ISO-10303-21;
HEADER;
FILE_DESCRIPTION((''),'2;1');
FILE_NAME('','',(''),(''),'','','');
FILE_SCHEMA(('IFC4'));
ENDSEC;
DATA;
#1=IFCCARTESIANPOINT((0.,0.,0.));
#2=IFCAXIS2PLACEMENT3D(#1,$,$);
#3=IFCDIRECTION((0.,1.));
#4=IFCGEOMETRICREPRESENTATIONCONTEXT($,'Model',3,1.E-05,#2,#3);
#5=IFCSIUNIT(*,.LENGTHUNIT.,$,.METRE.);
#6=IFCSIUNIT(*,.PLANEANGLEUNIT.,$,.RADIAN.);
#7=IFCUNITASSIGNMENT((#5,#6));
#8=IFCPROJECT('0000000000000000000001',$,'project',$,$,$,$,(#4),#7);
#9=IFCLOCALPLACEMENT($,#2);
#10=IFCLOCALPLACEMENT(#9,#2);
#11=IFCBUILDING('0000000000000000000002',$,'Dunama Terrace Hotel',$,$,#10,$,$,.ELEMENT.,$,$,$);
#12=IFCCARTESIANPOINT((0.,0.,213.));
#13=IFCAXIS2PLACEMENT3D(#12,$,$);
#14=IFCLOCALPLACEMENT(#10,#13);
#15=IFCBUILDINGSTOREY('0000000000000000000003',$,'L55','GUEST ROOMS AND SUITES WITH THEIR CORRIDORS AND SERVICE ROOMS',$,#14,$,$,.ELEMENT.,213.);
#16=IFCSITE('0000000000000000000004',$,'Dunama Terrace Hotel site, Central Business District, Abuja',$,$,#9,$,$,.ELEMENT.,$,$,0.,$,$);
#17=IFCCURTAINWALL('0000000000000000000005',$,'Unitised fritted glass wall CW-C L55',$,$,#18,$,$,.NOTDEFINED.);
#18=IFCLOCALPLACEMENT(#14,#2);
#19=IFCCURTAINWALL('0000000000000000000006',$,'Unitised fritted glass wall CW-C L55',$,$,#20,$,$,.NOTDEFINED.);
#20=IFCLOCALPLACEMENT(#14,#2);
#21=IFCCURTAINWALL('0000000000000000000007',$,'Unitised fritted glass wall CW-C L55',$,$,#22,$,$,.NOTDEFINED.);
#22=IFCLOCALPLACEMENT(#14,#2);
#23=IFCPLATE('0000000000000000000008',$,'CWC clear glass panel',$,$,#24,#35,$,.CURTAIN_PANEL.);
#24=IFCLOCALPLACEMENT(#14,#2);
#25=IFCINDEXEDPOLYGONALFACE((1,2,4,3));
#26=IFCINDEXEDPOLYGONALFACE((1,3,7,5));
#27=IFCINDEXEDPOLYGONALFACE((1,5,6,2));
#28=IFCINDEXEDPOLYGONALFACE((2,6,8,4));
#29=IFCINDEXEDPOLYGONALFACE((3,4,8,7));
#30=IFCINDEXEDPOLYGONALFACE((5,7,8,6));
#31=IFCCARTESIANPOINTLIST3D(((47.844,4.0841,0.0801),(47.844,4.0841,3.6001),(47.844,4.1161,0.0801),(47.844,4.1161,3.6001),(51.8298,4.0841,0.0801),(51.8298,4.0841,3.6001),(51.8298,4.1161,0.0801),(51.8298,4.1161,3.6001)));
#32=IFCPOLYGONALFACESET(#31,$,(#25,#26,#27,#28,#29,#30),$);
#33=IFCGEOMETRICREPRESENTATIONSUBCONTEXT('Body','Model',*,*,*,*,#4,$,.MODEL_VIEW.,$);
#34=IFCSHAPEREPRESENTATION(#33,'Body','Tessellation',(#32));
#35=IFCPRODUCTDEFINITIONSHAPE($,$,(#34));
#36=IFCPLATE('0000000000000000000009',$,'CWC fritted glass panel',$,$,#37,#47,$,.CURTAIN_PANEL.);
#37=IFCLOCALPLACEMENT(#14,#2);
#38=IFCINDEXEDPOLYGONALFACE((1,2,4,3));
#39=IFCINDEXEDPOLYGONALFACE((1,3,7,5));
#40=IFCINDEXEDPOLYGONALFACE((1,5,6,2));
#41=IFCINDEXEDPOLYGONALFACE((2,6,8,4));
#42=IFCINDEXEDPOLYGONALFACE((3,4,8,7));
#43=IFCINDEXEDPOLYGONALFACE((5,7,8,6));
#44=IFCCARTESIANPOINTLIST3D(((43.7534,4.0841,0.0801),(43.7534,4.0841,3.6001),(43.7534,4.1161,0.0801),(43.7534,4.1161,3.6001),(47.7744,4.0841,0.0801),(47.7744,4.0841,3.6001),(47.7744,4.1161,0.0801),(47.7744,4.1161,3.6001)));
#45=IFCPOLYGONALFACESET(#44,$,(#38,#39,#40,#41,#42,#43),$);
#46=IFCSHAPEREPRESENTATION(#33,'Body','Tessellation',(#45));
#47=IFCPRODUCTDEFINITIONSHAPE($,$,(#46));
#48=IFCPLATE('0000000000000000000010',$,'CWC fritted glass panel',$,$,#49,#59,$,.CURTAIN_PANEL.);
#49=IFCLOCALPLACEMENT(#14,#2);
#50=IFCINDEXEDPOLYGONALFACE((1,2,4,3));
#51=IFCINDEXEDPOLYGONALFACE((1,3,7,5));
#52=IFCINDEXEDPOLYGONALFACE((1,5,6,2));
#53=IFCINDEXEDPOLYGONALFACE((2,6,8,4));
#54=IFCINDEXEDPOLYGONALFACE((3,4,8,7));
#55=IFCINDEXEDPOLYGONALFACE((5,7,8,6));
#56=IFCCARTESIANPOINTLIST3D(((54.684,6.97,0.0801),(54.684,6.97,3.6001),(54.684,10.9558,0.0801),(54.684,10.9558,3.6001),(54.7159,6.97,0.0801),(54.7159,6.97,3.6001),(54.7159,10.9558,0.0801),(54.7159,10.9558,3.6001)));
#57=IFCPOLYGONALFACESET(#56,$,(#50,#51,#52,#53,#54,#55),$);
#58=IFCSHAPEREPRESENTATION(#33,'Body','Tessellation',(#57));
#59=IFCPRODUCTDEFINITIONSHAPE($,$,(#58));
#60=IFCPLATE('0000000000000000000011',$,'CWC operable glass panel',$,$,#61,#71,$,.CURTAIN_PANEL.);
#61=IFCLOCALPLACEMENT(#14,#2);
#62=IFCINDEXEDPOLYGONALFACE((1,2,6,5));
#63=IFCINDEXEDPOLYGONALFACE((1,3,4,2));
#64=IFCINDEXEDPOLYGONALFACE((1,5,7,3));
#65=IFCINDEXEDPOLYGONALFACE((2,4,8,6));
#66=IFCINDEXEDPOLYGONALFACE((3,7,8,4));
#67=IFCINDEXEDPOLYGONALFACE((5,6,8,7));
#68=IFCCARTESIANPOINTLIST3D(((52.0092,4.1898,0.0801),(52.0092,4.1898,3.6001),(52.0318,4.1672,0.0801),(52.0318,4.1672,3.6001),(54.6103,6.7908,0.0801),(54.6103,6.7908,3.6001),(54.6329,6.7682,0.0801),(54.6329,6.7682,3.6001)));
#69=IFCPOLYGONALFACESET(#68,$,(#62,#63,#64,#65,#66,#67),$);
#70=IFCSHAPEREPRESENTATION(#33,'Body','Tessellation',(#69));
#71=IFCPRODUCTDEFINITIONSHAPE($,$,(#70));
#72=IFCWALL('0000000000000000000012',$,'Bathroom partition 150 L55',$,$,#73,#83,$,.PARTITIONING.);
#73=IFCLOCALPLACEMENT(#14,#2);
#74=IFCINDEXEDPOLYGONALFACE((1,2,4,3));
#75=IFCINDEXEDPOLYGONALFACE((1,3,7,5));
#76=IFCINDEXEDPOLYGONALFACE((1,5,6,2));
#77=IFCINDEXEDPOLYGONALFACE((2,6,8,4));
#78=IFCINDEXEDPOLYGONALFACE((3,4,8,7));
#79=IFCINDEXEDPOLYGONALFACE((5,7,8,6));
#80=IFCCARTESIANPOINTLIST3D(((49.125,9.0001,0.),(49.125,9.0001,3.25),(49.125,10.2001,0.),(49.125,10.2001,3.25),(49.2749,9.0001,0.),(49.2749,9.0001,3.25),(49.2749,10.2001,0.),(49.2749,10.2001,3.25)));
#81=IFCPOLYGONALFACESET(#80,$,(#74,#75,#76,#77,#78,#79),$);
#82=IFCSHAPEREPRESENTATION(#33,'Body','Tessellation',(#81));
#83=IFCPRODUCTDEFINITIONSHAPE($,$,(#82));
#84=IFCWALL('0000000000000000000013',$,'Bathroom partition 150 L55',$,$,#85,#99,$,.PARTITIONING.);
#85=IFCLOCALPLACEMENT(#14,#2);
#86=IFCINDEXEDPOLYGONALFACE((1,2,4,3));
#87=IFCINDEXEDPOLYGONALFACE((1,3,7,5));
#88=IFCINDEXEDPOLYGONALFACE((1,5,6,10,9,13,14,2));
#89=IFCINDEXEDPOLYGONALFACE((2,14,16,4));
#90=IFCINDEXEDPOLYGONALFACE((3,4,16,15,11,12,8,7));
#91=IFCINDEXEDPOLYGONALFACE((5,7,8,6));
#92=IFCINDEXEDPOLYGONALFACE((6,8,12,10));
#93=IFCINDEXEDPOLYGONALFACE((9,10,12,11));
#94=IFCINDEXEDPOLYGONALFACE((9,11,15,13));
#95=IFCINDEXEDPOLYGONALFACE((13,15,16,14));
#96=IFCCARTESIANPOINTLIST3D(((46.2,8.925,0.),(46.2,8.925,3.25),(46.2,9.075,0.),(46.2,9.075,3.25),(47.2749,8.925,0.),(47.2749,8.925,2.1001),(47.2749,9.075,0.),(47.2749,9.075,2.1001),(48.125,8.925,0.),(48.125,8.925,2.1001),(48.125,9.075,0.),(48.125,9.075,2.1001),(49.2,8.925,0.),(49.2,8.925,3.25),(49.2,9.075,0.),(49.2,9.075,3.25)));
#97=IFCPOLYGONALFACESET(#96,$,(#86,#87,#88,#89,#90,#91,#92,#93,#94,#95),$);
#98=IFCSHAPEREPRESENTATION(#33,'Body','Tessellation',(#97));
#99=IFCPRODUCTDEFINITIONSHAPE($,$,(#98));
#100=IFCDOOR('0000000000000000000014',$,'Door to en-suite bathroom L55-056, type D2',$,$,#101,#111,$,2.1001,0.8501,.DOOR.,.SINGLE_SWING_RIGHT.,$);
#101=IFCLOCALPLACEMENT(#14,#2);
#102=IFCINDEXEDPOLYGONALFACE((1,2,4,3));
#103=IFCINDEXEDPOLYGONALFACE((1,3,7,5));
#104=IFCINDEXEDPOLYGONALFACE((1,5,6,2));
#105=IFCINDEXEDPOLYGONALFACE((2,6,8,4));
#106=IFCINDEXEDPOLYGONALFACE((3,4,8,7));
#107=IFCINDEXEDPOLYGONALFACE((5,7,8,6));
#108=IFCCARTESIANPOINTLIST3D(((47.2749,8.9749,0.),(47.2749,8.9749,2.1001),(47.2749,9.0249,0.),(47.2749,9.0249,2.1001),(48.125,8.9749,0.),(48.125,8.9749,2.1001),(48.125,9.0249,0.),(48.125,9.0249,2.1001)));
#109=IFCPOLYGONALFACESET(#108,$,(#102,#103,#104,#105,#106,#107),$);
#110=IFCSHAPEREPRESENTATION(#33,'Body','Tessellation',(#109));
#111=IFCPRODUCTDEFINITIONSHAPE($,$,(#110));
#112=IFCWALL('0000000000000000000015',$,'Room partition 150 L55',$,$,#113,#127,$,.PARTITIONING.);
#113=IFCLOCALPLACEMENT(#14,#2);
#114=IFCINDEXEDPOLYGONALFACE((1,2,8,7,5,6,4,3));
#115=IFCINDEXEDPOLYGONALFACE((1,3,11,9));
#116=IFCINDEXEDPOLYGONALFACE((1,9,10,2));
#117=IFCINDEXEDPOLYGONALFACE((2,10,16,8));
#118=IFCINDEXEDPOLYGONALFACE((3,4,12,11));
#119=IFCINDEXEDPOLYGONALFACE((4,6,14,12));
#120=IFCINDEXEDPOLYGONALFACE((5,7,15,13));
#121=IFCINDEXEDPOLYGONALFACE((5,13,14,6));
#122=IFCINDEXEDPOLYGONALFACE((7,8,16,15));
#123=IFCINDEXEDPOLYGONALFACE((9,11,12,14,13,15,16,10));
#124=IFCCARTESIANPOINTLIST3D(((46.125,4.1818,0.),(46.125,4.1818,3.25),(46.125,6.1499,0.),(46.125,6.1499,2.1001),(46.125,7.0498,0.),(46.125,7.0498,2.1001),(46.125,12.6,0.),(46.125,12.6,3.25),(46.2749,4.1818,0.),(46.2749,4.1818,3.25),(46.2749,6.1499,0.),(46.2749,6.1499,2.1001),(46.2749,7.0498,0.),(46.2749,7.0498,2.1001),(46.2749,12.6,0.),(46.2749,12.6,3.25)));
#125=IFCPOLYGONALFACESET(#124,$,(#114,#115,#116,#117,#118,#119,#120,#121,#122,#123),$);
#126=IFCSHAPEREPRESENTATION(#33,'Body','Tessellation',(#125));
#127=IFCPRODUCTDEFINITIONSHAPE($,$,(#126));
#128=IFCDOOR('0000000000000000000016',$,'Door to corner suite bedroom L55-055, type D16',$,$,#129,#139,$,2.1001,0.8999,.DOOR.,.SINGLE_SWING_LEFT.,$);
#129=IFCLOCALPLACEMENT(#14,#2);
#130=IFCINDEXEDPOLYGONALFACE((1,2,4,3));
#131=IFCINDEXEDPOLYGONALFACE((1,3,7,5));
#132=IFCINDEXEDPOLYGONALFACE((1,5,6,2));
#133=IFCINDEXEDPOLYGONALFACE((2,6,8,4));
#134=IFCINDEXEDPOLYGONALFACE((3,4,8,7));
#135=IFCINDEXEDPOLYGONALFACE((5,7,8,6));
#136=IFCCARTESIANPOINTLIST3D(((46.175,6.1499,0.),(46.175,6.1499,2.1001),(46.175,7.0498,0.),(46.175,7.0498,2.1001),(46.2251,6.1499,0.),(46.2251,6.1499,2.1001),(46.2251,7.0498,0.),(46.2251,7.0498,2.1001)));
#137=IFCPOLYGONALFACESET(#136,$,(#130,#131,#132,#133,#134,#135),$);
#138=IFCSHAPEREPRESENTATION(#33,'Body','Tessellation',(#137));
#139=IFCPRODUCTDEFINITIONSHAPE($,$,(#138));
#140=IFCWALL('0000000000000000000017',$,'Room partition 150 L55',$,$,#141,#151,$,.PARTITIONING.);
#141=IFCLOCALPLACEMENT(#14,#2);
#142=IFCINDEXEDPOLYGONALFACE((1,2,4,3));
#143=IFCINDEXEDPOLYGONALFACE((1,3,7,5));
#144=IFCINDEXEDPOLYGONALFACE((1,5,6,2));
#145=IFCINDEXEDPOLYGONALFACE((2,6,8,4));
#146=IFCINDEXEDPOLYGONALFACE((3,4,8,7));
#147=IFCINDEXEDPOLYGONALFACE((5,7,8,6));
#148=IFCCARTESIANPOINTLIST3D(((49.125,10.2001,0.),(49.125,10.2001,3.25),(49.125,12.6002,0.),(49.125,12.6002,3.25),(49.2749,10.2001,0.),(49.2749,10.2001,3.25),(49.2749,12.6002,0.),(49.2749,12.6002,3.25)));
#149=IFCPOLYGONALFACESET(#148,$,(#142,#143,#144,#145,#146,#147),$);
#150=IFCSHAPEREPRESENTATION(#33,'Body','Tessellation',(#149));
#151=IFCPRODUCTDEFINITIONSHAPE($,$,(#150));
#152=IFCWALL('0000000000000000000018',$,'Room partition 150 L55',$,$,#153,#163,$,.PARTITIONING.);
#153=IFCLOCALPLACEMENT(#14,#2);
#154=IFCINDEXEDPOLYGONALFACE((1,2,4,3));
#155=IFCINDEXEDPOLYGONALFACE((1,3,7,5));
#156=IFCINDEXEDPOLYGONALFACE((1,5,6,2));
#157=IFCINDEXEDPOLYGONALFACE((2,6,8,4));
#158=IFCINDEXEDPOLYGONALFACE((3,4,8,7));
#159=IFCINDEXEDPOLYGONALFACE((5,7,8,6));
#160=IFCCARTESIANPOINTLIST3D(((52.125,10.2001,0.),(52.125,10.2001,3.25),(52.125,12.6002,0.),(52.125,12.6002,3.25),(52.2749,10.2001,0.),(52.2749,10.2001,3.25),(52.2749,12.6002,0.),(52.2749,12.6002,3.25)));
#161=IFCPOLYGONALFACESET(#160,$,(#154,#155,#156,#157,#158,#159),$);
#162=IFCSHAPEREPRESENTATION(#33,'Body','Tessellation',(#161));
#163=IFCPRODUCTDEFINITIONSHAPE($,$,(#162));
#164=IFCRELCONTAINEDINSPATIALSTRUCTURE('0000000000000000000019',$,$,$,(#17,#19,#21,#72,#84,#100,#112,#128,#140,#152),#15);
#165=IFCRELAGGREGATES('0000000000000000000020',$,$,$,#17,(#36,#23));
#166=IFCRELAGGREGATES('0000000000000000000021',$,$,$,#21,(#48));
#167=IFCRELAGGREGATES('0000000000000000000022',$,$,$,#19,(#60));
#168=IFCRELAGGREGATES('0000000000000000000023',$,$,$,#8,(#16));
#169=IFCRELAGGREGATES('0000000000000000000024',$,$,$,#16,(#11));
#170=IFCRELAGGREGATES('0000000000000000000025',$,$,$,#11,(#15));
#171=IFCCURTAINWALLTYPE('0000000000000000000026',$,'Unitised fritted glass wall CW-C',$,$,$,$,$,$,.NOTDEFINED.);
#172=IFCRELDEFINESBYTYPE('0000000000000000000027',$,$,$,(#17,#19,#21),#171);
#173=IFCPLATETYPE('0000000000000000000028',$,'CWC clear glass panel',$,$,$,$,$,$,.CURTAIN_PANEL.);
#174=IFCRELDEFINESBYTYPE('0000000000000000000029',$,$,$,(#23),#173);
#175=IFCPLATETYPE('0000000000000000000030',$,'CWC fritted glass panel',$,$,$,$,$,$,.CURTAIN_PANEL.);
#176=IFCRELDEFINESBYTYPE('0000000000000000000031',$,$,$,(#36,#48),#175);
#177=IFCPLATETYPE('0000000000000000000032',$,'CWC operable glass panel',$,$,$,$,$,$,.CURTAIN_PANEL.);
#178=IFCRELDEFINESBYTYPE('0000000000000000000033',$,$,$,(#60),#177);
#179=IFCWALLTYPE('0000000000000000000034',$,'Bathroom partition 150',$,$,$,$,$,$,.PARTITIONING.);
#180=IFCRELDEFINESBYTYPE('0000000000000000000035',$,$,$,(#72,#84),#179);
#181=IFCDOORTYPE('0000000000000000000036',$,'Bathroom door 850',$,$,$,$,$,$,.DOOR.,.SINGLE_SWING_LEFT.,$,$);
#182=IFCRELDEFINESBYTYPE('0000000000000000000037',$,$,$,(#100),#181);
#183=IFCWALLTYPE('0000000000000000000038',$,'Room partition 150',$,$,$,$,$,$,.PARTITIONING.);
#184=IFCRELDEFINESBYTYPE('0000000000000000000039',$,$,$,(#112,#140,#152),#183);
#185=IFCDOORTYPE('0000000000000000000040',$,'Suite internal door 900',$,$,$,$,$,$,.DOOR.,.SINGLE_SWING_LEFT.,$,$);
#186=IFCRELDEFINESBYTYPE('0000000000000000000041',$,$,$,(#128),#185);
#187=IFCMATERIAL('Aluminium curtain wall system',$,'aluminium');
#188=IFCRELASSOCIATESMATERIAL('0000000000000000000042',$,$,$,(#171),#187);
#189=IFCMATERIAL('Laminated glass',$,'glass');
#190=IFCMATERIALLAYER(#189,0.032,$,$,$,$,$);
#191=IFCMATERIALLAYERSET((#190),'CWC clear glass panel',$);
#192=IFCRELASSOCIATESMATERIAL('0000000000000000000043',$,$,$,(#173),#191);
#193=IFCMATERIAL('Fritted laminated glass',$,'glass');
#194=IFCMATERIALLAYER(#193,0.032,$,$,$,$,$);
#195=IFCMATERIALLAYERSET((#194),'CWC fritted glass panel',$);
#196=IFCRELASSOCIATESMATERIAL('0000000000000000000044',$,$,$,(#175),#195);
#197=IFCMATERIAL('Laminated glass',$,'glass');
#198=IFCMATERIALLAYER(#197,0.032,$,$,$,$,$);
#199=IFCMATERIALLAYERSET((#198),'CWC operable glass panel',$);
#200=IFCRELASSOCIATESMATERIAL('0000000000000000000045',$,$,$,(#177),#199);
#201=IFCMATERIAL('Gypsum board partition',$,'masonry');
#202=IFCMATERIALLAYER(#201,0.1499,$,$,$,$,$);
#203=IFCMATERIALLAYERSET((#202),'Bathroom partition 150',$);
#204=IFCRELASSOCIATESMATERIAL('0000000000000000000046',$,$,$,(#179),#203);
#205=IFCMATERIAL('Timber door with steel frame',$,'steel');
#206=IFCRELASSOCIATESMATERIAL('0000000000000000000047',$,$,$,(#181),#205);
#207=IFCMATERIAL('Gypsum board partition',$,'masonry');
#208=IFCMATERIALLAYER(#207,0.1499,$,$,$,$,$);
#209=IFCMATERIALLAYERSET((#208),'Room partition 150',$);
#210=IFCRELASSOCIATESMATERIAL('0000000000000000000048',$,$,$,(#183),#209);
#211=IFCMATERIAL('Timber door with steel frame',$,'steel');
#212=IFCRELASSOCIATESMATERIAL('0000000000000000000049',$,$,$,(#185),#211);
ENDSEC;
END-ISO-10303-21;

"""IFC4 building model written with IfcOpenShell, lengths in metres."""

from ifc_helpers import new_model, si_unit, direction, frame, frame_2d, origin, origin_2d, place, context, subcontext, project, spatial, rectangle, extrude, material, layer, layer_set, type_object, element, fill, aggregate, save


model = new_model("IFC4")

# Units and contexts
model_context = context("Model", 3, precision=1e-05, world=origin(), true_north=direction((0.0, 1.0)))
body_context = subcontext(model_context, "Body", "Model", "MODEL_VIEW")
ifc_project = project(units=[si_unit("LENGTHUNIT", "METRE"), si_unit("PLANEANGLEUNIT", "RADIAN")], contexts=[model_context])

# Site, building, storey
site_placement = place(None, origin())
site = spatial("IfcSite", under=ifc_project, at=site_placement, Name="Dunama Terrace Hotel site, Central Business District, Abuja", CompositionType="ELEMENT", RefElevation=0.0)
building_placement = place(site_placement, origin())
building = spatial("IfcBuilding", under=site, at=building_placement, Name="Dunama Terrace Hotel", CompositionType="ELEMENT")
storey_placement = place(building_placement, frame((0.0, 0.0, 213.0)))
storey = spatial("IfcBuildingStorey", under=building, at=storey_placement, Name="L55", Description="GUEST ROOMS AND SUITES WITH THEIR CORRIDORS AND SERVICE ROOMS", CompositionType="ELEMENT", Elevation=213.0)

# Curtain walls
ifc_material_1 = material(Name="Aluminium curtain wall system", Category="aluminium")
curtain_wall_type = type_object("IfcCurtainWallType", Name="Unitised fritted glass wall CW-C", PredefinedType="NOTDEFINED", material=ifc_material_1)
curtain_wall_1_placement = place(storey_placement, origin())
curtain_wall_1 = element("IfcCurtainWall", 1, at=curtain_wall_1_placement, inside=storey, type_object=curtain_wall_type, Name="Unitised fritted glass wall CW-C L55", PredefinedType="NOTDEFINED")
curtain_wall_2_placement = place(storey_placement, origin())
curtain_wall_2 = element("IfcCurtainWall", 2, at=curtain_wall_2_placement, inside=storey, type_object=curtain_wall_type, Name="Unitised fritted glass wall CW-C L55", PredefinedType="NOTDEFINED")

# Curtain wall
curtain_wall_3_placement = place(storey_placement, origin())
curtain_wall_3 = element("IfcCurtainWall", 3, at=curtain_wall_3_placement, inside=storey, type_object=curtain_wall_type, Name="Unitised fritted glass wall CW-C L55", PredefinedType="NOTDEFINED")

# Plates
ifc_material_2 = material(Name="Laminated glass", Category="glass")
ifc_layer_1 = layer(ifc_material_2, 0.032)
ifc_layer_set_1 = layer_set([ifc_layer_1], Name="CWC clear glass panel")
plate_type_1 = type_object("IfcPlateType", Name="CWC clear glass panel", PredefinedType="CURTAIN_PANEL", material=ifc_layer_set_1)
plate_1_placement = place(storey_placement, frame((49.8369, 4.1001, 0.0801), z_axis=(0.0, 0.0, 1.0), x_axis=(1.0, 0.0, 0.0)))
plate_1 = element("IfcPlate", 4, at=plate_1_placement, type_object=plate_type_1, Name="CWC clear glass panel", PredefinedType="CURTAIN_PANEL", context=body_context, shape_type="SweptSolid", body=[
    extrude(rectangle(XDim=3.9858, YDim=0.032, at=origin_2d()), origin(), (0.0, 0.0, 1.0), 3.52),
])
ifc_material_3 = material(Name="Fritted laminated glass", Category="glass")
ifc_layer_2 = layer(ifc_material_3, 0.032)
ifc_layer_set_2 = layer_set([ifc_layer_2], Name="CWC fritted glass panel")
plate_type_2 = type_object("IfcPlateType", Name="CWC fritted glass panel", PredefinedType="CURTAIN_PANEL", material=ifc_layer_set_2)
plate_2_placement = place(storey_placement, frame((45.7639, 4.1001, 0.0801), z_axis=(0.0, 0.0, 1.0), x_axis=(1.0, 0.0, 0.0)))
plate_2 = element("IfcPlate", 5, at=plate_2_placement, type_object=plate_type_2, Name="CWC fritted glass panel", PredefinedType="CURTAIN_PANEL", context=body_context, shape_type="SweptSolid", body=[
    extrude(rectangle(XDim=4.021, YDim=0.032, at=origin_2d()), origin(), (0.0, 0.0, 1.0), 3.52),
])
aggregate(curtain_wall_1, [plate_2, plate_1])
plate_3_placement = place(storey_placement, frame((54.7, 8.9629, 0.0801), z_axis=(0.0, 0.0, 1.0), x_axis=(0.0, 1.0, 0.0)))
plate_3 = element("IfcPlate", 6, at=plate_3_placement, type_object=plate_type_2, Name="CWC fritted glass panel", PredefinedType="CURTAIN_PANEL", context=body_context, shape_type="SweptSolid", body=[
    extrude(rectangle(XDim=3.9858, YDim=0.032, at=origin_2d()), origin(), (0.0, 0.0, 1.0), 3.52),
])
aggregate(curtain_wall_3, [plate_3])
ifc_material_4 = material(Name="Laminated glass", Category="glass")
ifc_layer_3 = layer(ifc_material_4, 0.032)
ifc_layer_set_3 = layer_set([ifc_layer_3], Name="CWC operable glass panel")
plate_type_3 = type_object("IfcPlateType", Name="CWC operable glass panel", PredefinedType="CURTAIN_PANEL", material=ifc_layer_set_3)
plate_4_placement = place(storey_placement, frame((53.321, 5.479, 0.0801), z_axis=(0.0, 0.0, 1.0), x_axis=(0.707107, 0.707107, 0.0)))
plate_4 = element("IfcPlate", 7, at=plate_4_placement, type_object=plate_type_3, Name="CWC operable glass panel", PredefinedType="CURTAIN_PANEL", context=body_context, shape_type="SweptSolid", body=[
    extrude(rectangle(XDim=3.6785, YDim=0.032, at=origin_2d()), origin(), (0.0, 0.0, 1.0), 3.52),
])
aggregate(curtain_wall_2, [plate_4])

# Wall
ifc_material_5 = material(Name="Gypsum board partition", Category="masonry")
ifc_layer_4 = layer(ifc_material_5, 0.1499)
ifc_layer_set_4 = layer_set([ifc_layer_4], Name="Bathroom partition 150")
wall_type_1 = type_object("IfcWallType", Name="Bathroom partition 150", PredefinedType="PARTITIONING", material=ifc_layer_set_4)
wall_1_placement = place(storey_placement, frame((49.2, 9.0, 0.0), z_axis=(0.0, 0.0, 1.0), x_axis=(0.0, 1.0, 0.0)))
element("IfcWall", 8, at=wall_1_placement, inside=storey, type_object=wall_type_1, Name="Bathroom partition 150 L55", PredefinedType="PARTITIONING", context=body_context, shape_type="SweptSolid", body=[
    extrude(rectangle(XDim=1.2, YDim=0.1499, at=frame_2d((0.6001, 0.0))), origin(), (0.0, 0.0, 1.0), 3.25),
])

# Walls, openings, doors
wall_2_placement = place(storey_placement, frame((46.2, 9.0, 0.0), z_axis=(0.0, 0.0, 1.0), x_axis=(1.0, 0.0, 0.0)))
wall_2 = element("IfcWall", 9, at=wall_2_placement, inside=storey, type_object=wall_type_1, Name="Bathroom partition 150 L55", PredefinedType="PARTITIONING", context=body_context, shape_type="SweptSolid", body=[
    extrude(rectangle(XDim=3.0, YDim=0.1499, at=frame_2d((1.5, 0.0))), origin(), (0.0, 0.0, 1.0), 3.25),
])
opening_1_placement = place(wall_2_placement, frame((1.075, 0.0, 0.0)))
opening_1 = element("IfcOpeningElement", 10, at=opening_1_placement, cuts=wall_2, PredefinedType="OPENING", context=body_context, shape_type="SweptSolid", body=[
    extrude(rectangle(XDim=0.8501, YDim=2.1001, at=frame_2d((0.425, 1.05))), frame((0.0, 0.085, 0.0), z_axis=(0.0, -1.0, 0.0), x_axis=(1.0, 0.0, 0.0)), (0.0, 0.0, 1.0), 0.1699),
])
ifc_material_6 = material(Name="Timber door with steel frame", Category="steel")
door_type_1 = type_object("IfcDoorType", Name="Bathroom door 850", OperationType="SINGLE_SWING_LEFT", PredefinedType="DOOR", material=ifc_material_6)
door_1_placement = place(opening_1_placement, origin())
door_1 = element("IfcDoor", 11, at=door_1_placement, inside=storey, type_object=door_type_1, Name="Door to en-suite bathroom L55-056, type D2", OperationType="SINGLE_SWING_RIGHT", OverallHeight=2.1001, OverallWidth=0.8501, PredefinedType="DOOR", context=body_context, shape_type="SweptSolid", body=[
    extrude(rectangle(XDim=0.8501, YDim=2.1001, at=frame_2d((0.425, 1.05))), frame((0.0, 0.0249, 0.0), z_axis=(0.0, -1.0, 0.0), x_axis=(1.0, 0.0, 0.0)), (0.0, 0.0, 1.0), 0.05),
])
fill(opening_1, door_1)
ifc_material_7 = material(Name="Gypsum board partition", Category="masonry")
ifc_layer_5 = layer(ifc_material_7, 0.1499)
ifc_layer_set_5 = layer_set([ifc_layer_5], Name="Room partition 150")
wall_type_2 = type_object("IfcWallType", Name="Room partition 150", PredefinedType="PARTITIONING", material=ifc_layer_set_5)
wall_3_placement = place(storey_placement, frame((46.2, 4.1819, 0.0), z_axis=(0.0, 0.0, 1.0), x_axis=(0.0, 1.0, 0.0)))
wall_3 = element("IfcWall", 12, at=wall_3_placement, inside=storey, type_object=wall_type_2, Name="Room partition 150 L55", PredefinedType="PARTITIONING", context=body_context, shape_type="SweptSolid", body=[
    extrude(rectangle(XDim=8.4182, YDim=0.1499, at=frame_2d((4.209, 0.0))), origin(), (0.0, 0.0, 1.0), 3.25),
])
opening_2_placement = place(wall_3_placement, frame((1.968, 0.0, 0.0)))
opening_2 = element("IfcOpeningElement", 13, at=opening_2_placement, cuts=wall_3, PredefinedType="OPENING", context=body_context, shape_type="SweptSolid", body=[
    extrude(rectangle(XDim=0.8999, YDim=2.1001, at=frame_2d((0.45, 1.05))), frame((0.0, 0.085, 0.0), z_axis=(0.0, -1.0, 0.0), x_axis=(1.0, 0.0, 0.0)), (0.0, 0.0, 1.0), 0.1699),
])
ifc_material_8 = material(Name="Timber door with steel frame", Category="steel")
door_type_2 = type_object("IfcDoorType", Name="Suite internal door 900", OperationType="SINGLE_SWING_LEFT", PredefinedType="DOOR", material=ifc_material_8)
door_2_placement = place(opening_2_placement, frame((0.8999, 0.0, 0.0), z_axis=(0.0, 0.0, 1.0), x_axis=(-1.0, 0.0, 0.0)))
door_2 = element("IfcDoor", 14, at=door_2_placement, inside=storey, type_object=door_type_2, Name="Door to corner suite bedroom L55-055, type D16", OperationType="SINGLE_SWING_LEFT", OverallHeight=2.1001, OverallWidth=0.8999, PredefinedType="DOOR", context=body_context, shape_type="SweptSolid", body=[
    extrude(rectangle(XDim=0.8999, YDim=2.1001, at=frame_2d((0.45, 1.05))), frame((0.0, 0.0251, 0.0), z_axis=(0.0, -1.0, 0.0), x_axis=(1.0, 0.0, 0.0)), (0.0, 0.0, 1.0), 0.05),
])
fill(opening_2, door_2)

# Walls
for number, where, z_axis, x_axis, name in (
    (15, (49.2, 10.2, 0.0), (0.0, 0.0, 1.0), (0.0, 1.0, 0.0), "Room partition 150 L55"),
    (16, (52.2, 10.2, 0.0), (0.0, 0.0, 1.0), (0.0, 1.0, 0.0), "Room partition 150 L55"),
):
    element("IfcWall", number, at=place(storey_placement, frame(where, z_axis=z_axis, x_axis=x_axis)), inside=storey, type_object=wall_type_2, Name=name, PredefinedType="PARTITIONING", context=body_context, shape_type="SweptSolid", body=[
        extrude(rectangle(XDim=2.4001, YDim=0.1499, at=frame_2d((1.2002, 0.0))), origin(), (0.0, 0.0, 1.0), 3.25),
    ])

save(model, "model.ifc")
